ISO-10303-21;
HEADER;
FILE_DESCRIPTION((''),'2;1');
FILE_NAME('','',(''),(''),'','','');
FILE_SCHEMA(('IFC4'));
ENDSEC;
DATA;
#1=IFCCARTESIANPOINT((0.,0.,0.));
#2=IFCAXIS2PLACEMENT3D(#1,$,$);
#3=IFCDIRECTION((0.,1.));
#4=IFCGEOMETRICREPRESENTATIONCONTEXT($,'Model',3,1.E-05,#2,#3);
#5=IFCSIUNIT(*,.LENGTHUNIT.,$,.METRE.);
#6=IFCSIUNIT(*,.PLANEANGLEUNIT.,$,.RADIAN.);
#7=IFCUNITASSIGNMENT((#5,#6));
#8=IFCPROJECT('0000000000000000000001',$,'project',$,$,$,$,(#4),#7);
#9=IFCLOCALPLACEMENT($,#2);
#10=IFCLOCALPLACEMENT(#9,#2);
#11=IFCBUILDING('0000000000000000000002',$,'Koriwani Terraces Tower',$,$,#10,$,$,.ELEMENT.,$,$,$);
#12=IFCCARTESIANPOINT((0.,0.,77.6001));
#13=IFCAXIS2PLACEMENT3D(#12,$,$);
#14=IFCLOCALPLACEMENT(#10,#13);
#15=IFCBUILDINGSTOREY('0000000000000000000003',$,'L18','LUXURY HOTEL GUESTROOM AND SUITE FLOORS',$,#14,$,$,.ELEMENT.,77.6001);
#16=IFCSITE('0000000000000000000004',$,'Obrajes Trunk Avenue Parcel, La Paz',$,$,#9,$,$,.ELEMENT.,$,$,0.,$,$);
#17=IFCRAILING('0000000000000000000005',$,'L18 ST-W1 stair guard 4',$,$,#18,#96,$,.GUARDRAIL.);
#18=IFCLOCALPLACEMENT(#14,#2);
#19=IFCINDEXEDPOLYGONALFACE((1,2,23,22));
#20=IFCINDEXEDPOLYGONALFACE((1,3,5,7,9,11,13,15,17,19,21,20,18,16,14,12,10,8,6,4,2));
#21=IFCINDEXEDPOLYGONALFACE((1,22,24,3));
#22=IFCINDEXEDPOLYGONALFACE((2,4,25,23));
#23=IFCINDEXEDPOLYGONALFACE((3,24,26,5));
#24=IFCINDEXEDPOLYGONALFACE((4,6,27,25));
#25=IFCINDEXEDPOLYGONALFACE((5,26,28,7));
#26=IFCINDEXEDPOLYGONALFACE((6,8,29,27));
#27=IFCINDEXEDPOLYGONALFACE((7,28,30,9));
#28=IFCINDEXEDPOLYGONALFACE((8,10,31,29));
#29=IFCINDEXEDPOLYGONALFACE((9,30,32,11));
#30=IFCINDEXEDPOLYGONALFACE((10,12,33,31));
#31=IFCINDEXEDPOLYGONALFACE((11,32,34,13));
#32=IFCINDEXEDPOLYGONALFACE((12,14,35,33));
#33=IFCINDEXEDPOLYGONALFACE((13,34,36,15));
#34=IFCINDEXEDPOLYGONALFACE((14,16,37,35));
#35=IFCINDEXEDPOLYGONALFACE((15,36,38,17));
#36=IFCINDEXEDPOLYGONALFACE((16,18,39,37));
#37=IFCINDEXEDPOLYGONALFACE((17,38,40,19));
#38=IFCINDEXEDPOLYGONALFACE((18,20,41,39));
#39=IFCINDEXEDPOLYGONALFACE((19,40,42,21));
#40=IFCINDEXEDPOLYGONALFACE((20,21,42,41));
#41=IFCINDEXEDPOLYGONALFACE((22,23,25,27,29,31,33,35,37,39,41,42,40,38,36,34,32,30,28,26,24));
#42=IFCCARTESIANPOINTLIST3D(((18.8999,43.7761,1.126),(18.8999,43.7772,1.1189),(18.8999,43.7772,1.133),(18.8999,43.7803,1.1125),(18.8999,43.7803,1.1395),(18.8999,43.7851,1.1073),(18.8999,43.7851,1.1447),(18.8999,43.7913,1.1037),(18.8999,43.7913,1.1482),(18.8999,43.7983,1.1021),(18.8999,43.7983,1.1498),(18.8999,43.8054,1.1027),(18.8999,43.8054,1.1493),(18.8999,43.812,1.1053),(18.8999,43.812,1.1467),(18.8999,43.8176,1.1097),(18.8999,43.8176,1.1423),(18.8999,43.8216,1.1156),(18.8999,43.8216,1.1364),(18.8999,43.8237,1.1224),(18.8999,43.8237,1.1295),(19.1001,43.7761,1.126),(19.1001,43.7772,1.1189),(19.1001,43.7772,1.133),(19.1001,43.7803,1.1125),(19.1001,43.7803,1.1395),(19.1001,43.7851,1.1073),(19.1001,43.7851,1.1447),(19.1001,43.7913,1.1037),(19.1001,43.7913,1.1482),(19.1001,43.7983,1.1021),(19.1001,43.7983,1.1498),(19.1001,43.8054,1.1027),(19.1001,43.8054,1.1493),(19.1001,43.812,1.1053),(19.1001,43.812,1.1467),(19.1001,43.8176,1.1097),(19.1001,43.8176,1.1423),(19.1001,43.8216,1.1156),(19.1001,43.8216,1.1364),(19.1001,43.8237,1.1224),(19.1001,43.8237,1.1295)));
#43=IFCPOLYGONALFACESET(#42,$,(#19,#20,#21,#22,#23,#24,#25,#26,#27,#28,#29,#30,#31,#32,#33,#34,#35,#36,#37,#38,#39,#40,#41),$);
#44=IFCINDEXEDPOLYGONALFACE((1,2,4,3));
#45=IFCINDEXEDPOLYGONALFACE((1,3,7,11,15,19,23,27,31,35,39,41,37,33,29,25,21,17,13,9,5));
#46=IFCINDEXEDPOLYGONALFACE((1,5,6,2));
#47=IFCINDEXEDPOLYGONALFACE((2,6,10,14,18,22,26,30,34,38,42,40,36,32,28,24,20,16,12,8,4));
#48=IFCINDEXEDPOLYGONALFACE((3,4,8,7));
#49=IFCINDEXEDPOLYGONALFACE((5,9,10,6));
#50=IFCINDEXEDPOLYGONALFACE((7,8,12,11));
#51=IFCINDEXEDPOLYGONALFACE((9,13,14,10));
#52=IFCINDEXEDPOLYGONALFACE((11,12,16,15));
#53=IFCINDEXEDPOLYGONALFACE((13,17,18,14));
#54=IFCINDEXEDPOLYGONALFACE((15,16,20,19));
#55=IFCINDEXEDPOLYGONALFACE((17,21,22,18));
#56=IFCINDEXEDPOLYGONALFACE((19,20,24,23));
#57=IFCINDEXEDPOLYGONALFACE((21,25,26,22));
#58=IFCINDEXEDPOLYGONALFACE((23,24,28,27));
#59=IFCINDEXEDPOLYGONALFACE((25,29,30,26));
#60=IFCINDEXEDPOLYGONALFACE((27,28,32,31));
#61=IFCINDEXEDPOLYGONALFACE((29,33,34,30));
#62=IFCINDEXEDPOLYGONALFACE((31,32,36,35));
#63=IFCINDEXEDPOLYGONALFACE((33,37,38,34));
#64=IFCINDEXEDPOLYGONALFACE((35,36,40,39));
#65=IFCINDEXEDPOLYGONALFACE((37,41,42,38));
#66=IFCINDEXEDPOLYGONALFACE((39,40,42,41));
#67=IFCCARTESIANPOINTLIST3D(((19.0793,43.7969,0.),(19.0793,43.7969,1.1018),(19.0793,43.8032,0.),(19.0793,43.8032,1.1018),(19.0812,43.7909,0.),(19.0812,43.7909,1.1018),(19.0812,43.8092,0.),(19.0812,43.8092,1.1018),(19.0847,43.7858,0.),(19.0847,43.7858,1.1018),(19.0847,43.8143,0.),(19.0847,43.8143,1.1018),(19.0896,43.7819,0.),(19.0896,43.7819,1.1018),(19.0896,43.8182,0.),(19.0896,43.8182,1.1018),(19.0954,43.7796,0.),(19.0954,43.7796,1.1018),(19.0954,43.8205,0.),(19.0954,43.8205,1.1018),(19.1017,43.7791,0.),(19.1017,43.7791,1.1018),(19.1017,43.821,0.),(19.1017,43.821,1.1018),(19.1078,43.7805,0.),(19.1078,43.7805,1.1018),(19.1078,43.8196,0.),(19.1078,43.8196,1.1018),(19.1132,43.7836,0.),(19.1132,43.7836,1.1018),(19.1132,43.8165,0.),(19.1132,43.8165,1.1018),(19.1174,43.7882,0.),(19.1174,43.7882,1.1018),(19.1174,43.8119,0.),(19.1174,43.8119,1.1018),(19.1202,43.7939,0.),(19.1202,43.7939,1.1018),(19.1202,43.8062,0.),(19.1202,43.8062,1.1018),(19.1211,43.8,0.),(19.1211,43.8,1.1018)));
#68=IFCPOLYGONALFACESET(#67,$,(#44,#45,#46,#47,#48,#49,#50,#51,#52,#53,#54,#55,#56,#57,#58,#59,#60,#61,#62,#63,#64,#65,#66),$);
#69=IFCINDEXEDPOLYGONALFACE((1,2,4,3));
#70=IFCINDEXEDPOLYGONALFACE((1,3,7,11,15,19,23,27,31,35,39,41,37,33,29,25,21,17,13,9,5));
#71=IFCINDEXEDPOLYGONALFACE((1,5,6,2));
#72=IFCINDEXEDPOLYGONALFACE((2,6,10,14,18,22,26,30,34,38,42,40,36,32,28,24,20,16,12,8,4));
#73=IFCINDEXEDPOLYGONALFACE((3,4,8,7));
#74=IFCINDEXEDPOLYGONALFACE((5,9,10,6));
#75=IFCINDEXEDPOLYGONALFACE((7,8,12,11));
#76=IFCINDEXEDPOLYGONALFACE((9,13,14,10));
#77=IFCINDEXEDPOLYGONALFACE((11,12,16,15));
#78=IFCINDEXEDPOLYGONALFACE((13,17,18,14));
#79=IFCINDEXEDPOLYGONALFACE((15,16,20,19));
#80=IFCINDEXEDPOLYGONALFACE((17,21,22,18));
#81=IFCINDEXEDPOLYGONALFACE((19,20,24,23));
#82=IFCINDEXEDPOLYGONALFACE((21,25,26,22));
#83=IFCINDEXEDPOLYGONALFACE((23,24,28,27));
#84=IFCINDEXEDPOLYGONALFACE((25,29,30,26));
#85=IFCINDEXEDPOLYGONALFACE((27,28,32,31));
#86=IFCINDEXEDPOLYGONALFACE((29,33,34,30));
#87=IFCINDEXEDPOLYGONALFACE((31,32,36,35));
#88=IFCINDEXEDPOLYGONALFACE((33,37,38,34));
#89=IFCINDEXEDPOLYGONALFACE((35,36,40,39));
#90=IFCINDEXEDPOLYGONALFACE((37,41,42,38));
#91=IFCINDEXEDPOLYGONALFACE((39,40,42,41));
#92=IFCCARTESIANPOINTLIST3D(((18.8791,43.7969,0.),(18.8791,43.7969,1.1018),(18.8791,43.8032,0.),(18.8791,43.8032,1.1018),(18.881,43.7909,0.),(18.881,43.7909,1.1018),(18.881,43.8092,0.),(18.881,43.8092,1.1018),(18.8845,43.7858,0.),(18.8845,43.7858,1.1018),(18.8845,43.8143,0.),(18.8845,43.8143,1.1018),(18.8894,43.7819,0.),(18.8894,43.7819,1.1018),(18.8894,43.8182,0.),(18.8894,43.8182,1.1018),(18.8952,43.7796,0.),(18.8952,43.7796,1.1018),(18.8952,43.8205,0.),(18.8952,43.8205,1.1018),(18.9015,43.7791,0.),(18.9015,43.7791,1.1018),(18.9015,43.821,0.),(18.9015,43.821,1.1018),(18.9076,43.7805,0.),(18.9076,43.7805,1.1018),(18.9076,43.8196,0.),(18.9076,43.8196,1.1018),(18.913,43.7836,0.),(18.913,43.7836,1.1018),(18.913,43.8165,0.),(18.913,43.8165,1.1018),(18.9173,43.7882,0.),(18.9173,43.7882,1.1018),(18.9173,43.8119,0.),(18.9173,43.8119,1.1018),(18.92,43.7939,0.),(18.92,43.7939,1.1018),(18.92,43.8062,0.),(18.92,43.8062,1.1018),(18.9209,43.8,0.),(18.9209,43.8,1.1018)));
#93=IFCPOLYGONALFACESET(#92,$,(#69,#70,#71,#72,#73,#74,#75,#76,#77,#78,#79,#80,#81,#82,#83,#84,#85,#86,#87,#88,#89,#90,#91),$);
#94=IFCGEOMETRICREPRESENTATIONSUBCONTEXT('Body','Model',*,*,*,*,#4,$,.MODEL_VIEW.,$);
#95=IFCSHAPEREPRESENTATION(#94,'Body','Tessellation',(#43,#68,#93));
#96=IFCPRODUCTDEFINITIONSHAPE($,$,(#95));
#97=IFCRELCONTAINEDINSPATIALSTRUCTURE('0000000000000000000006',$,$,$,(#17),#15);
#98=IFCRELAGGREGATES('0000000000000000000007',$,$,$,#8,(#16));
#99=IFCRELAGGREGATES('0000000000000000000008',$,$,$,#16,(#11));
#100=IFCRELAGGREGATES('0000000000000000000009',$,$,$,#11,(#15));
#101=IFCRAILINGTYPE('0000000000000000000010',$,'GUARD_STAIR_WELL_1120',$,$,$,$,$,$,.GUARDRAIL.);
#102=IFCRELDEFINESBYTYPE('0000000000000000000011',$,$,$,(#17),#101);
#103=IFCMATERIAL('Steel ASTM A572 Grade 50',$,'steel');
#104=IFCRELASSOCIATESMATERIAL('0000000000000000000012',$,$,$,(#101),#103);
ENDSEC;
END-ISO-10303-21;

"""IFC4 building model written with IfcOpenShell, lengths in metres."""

from ifc_helpers import new_model, si_unit, direction, frame, origin, origin_2d, place, context, subcontext, project, spatial, circle, extrude, material, type_object, element, save


model = new_model("IFC4")

# Units and contexts
model_context = context("Model", 3, precision=1e-05, world=origin(), true_north=direction((0.0, 1.0)))
body_context = subcontext(model_context, "Body", "Model", "MODEL_VIEW")
ifc_project = project(units=[si_unit("LENGTHUNIT", "METRE"), si_unit("PLANEANGLEUNIT", "RADIAN")], contexts=[model_context])

# Site, building, storey
site_placement = place(None, origin())
site = spatial("IfcSite", under=ifc_project, at=site_placement, Name="Obrajes Trunk Avenue Parcel, La Paz", CompositionType="ELEMENT", RefElevation=0.0)
building_placement = place(site_placement, origin())
building = spatial("IfcBuilding", under=site, at=building_placement, Name="Koriwani Terraces Tower", CompositionType="ELEMENT")
storey_placement = place(building_placement, frame((0.0, 0.0, 77.6001)))
storey = spatial("IfcBuildingStorey", under=building, at=storey_placement, Name="L18", Description="LUXURY HOTEL GUESTROOM AND SUITE FLOORS", CompositionType="ELEMENT", Elevation=77.6001)

# Shared definitions
ifc_material_1 = material(Name="Steel ASTM A572 Grade 50", Category="steel")

# Railing
railing_type_1 = type_object("IfcRailingType", Name="GUARD_STAIR_WELL_1120", PredefinedType="GUARDRAIL", material=ifc_material_1)
railing_1_placement = place(storey_placement, frame((19.1001, 43.8, 0.0)))
element("IfcRailing", 1, at=railing_1_placement, inside=storey, type_object=railing_type_1, Name="L18 ST-W1 stair guard 4", PredefinedType="GUARDRAIL", context=body_context, shape_type="SweptSolid", body=[
    extrude(circle(Radius=0.0239, at=origin_2d()), frame((0.0, 0.0, 1.126), z_axis=(-1.0, 0.0, 0.0), x_axis=(0.0, -1.0, 0.0)), (0.0, 0.0, 1.0), 0.2002),
    extrude(circle(Radius=0.021, at=origin_2d()), origin(), (0.0, 0.0, 1.0), 1.1018),
    extrude(circle(Radius=0.021, at=origin_2d()), frame((-0.2002, 0.0, 0.0)), (0.0, 0.0, 1.0), 1.1018),
])

save(model, "model.ifc")
